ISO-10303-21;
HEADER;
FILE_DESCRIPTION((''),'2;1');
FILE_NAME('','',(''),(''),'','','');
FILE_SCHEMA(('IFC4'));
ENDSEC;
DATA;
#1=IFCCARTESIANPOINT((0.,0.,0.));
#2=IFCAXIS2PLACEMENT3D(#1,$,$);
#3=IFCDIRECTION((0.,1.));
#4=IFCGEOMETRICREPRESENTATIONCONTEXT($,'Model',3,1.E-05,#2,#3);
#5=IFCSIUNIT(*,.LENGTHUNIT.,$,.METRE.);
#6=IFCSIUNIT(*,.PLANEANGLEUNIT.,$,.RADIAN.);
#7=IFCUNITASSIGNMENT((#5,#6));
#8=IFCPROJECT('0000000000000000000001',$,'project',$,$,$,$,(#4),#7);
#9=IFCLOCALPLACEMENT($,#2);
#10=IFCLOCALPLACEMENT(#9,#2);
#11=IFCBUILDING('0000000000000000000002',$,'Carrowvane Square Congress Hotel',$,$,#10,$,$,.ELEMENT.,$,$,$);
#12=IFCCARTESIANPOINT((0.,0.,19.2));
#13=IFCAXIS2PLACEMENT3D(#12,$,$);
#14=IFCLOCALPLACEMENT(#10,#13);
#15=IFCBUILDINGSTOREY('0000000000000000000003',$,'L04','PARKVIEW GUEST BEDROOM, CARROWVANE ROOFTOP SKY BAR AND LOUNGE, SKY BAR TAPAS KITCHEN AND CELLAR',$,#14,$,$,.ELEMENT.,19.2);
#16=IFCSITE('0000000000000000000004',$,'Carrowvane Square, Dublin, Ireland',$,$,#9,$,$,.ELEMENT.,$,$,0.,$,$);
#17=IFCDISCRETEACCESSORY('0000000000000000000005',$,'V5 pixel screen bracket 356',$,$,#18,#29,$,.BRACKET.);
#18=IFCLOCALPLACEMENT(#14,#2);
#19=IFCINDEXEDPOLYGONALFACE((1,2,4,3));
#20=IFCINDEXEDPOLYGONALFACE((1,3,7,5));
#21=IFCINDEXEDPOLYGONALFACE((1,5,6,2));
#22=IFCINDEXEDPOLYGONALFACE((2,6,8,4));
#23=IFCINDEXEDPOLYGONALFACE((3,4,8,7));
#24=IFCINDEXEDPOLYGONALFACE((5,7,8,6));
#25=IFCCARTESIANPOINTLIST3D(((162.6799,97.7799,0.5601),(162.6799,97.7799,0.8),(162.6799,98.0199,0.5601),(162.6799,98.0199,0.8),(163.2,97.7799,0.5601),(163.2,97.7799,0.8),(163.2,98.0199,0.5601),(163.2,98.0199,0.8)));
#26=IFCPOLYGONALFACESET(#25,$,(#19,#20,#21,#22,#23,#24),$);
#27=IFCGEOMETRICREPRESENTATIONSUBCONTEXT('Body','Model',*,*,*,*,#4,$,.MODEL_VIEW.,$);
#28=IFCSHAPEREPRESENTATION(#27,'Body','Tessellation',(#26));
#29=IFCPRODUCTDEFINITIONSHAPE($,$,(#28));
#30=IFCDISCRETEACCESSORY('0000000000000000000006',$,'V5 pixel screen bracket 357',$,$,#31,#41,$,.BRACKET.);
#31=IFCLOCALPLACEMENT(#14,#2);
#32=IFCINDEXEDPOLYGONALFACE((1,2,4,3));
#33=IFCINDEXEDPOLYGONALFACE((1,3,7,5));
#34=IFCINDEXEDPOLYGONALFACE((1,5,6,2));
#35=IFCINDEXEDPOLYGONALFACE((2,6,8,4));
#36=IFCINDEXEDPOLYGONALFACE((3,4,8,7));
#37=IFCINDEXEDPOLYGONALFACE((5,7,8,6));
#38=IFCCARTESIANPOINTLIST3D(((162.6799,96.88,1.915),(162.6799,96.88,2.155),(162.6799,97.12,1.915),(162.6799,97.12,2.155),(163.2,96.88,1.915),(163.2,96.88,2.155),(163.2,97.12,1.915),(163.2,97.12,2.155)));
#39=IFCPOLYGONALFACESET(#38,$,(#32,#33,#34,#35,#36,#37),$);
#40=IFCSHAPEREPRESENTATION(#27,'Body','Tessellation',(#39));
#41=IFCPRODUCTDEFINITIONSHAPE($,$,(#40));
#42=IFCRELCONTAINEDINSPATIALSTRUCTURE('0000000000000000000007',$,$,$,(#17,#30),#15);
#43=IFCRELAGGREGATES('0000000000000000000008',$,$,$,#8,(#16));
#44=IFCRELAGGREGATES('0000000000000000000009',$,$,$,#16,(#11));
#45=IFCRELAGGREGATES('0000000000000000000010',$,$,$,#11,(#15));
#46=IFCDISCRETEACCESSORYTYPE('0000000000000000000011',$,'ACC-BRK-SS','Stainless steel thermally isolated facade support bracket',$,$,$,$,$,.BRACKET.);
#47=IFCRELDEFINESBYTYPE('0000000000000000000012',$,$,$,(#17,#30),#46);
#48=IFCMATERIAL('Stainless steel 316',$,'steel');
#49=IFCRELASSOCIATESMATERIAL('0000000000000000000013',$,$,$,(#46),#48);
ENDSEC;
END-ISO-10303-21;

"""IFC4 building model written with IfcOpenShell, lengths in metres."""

from ifc_helpers import new_model, si_unit, direction, frame, origin, origin_2d, place, context, subcontext, project, spatial, rectangle, extrude, material, type_object, element, save


model = new_model("IFC4")

# Units and contexts
model_context = context("Model", 3, precision=1e-05, world=origin(), true_north=direction((0.0, 1.0)))
body_context = subcontext(model_context, "Body", "Model", "MODEL_VIEW")
ifc_project = project(units=[si_unit("LENGTHUNIT", "METRE"), si_unit("PLANEANGLEUNIT", "RADIAN")], contexts=[model_context])

# Site, building, storey
site_placement = place(None, origin())
site = spatial("IfcSite", under=ifc_project, at=site_placement, Name="Carrowvane Square, Dublin, Ireland", CompositionType="ELEMENT", RefElevation=0.0)
building_placement = place(site_placement, origin())
building = spatial("IfcBuilding", under=site, at=building_placement, Name="Carrowvane Square Congress Hotel", CompositionType="ELEMENT")
storey_placement = place(building_placement, frame((0.0, 0.0, 19.2)))
storey = spatial("IfcBuildingStorey", under=building, at=storey_placement, Name="L04", Description="PARKVIEW GUEST BEDROOM, CARROWVANE ROOFTOP SKY BAR AND LOUNGE, SKY BAR TAPAS KITCHEN AND CELLAR", CompositionType="ELEMENT", Elevation=19.2)

# Discrete accessories
ifc_material_1 = material(Name="Stainless steel 316", Category="steel")
discrete_accessory_type = type_object("IfcDiscreteAccessoryType", Name="ACC-BRK-SS", Description="Stainless steel thermally isolated facade support bracket", PredefinedType="BRACKET", material=ifc_material_1)
for number, where, z_axis, x_axis, name in (
    (1, (162.9399, 97.8999, 0.5601), (0.0, 0.0, 1.0), (0.0, -1.0, 0.0), "V5 pixel screen bracket 356"),
    (2, (162.9399, 97.0, 1.915), (0.0, 0.0, 1.0), (0.0, -1.0, 0.0), "V5 pixel screen bracket 357"),
):
    element("IfcDiscreteAccessory", number, at=place(storey_placement, frame(where, z_axis=z_axis, x_axis=x_axis)), inside=storey, type_object=discrete_accessory_type, Name=name, PredefinedType="BRACKET", context=body_context, shape_type="SweptSolid", body=[
        extrude(rectangle(XDim=0.24, YDim=0.52, at=origin_2d()), origin(), (0.0, 0.0, 1.0), 0.24),
    ])

save(model, "model.ifc")
